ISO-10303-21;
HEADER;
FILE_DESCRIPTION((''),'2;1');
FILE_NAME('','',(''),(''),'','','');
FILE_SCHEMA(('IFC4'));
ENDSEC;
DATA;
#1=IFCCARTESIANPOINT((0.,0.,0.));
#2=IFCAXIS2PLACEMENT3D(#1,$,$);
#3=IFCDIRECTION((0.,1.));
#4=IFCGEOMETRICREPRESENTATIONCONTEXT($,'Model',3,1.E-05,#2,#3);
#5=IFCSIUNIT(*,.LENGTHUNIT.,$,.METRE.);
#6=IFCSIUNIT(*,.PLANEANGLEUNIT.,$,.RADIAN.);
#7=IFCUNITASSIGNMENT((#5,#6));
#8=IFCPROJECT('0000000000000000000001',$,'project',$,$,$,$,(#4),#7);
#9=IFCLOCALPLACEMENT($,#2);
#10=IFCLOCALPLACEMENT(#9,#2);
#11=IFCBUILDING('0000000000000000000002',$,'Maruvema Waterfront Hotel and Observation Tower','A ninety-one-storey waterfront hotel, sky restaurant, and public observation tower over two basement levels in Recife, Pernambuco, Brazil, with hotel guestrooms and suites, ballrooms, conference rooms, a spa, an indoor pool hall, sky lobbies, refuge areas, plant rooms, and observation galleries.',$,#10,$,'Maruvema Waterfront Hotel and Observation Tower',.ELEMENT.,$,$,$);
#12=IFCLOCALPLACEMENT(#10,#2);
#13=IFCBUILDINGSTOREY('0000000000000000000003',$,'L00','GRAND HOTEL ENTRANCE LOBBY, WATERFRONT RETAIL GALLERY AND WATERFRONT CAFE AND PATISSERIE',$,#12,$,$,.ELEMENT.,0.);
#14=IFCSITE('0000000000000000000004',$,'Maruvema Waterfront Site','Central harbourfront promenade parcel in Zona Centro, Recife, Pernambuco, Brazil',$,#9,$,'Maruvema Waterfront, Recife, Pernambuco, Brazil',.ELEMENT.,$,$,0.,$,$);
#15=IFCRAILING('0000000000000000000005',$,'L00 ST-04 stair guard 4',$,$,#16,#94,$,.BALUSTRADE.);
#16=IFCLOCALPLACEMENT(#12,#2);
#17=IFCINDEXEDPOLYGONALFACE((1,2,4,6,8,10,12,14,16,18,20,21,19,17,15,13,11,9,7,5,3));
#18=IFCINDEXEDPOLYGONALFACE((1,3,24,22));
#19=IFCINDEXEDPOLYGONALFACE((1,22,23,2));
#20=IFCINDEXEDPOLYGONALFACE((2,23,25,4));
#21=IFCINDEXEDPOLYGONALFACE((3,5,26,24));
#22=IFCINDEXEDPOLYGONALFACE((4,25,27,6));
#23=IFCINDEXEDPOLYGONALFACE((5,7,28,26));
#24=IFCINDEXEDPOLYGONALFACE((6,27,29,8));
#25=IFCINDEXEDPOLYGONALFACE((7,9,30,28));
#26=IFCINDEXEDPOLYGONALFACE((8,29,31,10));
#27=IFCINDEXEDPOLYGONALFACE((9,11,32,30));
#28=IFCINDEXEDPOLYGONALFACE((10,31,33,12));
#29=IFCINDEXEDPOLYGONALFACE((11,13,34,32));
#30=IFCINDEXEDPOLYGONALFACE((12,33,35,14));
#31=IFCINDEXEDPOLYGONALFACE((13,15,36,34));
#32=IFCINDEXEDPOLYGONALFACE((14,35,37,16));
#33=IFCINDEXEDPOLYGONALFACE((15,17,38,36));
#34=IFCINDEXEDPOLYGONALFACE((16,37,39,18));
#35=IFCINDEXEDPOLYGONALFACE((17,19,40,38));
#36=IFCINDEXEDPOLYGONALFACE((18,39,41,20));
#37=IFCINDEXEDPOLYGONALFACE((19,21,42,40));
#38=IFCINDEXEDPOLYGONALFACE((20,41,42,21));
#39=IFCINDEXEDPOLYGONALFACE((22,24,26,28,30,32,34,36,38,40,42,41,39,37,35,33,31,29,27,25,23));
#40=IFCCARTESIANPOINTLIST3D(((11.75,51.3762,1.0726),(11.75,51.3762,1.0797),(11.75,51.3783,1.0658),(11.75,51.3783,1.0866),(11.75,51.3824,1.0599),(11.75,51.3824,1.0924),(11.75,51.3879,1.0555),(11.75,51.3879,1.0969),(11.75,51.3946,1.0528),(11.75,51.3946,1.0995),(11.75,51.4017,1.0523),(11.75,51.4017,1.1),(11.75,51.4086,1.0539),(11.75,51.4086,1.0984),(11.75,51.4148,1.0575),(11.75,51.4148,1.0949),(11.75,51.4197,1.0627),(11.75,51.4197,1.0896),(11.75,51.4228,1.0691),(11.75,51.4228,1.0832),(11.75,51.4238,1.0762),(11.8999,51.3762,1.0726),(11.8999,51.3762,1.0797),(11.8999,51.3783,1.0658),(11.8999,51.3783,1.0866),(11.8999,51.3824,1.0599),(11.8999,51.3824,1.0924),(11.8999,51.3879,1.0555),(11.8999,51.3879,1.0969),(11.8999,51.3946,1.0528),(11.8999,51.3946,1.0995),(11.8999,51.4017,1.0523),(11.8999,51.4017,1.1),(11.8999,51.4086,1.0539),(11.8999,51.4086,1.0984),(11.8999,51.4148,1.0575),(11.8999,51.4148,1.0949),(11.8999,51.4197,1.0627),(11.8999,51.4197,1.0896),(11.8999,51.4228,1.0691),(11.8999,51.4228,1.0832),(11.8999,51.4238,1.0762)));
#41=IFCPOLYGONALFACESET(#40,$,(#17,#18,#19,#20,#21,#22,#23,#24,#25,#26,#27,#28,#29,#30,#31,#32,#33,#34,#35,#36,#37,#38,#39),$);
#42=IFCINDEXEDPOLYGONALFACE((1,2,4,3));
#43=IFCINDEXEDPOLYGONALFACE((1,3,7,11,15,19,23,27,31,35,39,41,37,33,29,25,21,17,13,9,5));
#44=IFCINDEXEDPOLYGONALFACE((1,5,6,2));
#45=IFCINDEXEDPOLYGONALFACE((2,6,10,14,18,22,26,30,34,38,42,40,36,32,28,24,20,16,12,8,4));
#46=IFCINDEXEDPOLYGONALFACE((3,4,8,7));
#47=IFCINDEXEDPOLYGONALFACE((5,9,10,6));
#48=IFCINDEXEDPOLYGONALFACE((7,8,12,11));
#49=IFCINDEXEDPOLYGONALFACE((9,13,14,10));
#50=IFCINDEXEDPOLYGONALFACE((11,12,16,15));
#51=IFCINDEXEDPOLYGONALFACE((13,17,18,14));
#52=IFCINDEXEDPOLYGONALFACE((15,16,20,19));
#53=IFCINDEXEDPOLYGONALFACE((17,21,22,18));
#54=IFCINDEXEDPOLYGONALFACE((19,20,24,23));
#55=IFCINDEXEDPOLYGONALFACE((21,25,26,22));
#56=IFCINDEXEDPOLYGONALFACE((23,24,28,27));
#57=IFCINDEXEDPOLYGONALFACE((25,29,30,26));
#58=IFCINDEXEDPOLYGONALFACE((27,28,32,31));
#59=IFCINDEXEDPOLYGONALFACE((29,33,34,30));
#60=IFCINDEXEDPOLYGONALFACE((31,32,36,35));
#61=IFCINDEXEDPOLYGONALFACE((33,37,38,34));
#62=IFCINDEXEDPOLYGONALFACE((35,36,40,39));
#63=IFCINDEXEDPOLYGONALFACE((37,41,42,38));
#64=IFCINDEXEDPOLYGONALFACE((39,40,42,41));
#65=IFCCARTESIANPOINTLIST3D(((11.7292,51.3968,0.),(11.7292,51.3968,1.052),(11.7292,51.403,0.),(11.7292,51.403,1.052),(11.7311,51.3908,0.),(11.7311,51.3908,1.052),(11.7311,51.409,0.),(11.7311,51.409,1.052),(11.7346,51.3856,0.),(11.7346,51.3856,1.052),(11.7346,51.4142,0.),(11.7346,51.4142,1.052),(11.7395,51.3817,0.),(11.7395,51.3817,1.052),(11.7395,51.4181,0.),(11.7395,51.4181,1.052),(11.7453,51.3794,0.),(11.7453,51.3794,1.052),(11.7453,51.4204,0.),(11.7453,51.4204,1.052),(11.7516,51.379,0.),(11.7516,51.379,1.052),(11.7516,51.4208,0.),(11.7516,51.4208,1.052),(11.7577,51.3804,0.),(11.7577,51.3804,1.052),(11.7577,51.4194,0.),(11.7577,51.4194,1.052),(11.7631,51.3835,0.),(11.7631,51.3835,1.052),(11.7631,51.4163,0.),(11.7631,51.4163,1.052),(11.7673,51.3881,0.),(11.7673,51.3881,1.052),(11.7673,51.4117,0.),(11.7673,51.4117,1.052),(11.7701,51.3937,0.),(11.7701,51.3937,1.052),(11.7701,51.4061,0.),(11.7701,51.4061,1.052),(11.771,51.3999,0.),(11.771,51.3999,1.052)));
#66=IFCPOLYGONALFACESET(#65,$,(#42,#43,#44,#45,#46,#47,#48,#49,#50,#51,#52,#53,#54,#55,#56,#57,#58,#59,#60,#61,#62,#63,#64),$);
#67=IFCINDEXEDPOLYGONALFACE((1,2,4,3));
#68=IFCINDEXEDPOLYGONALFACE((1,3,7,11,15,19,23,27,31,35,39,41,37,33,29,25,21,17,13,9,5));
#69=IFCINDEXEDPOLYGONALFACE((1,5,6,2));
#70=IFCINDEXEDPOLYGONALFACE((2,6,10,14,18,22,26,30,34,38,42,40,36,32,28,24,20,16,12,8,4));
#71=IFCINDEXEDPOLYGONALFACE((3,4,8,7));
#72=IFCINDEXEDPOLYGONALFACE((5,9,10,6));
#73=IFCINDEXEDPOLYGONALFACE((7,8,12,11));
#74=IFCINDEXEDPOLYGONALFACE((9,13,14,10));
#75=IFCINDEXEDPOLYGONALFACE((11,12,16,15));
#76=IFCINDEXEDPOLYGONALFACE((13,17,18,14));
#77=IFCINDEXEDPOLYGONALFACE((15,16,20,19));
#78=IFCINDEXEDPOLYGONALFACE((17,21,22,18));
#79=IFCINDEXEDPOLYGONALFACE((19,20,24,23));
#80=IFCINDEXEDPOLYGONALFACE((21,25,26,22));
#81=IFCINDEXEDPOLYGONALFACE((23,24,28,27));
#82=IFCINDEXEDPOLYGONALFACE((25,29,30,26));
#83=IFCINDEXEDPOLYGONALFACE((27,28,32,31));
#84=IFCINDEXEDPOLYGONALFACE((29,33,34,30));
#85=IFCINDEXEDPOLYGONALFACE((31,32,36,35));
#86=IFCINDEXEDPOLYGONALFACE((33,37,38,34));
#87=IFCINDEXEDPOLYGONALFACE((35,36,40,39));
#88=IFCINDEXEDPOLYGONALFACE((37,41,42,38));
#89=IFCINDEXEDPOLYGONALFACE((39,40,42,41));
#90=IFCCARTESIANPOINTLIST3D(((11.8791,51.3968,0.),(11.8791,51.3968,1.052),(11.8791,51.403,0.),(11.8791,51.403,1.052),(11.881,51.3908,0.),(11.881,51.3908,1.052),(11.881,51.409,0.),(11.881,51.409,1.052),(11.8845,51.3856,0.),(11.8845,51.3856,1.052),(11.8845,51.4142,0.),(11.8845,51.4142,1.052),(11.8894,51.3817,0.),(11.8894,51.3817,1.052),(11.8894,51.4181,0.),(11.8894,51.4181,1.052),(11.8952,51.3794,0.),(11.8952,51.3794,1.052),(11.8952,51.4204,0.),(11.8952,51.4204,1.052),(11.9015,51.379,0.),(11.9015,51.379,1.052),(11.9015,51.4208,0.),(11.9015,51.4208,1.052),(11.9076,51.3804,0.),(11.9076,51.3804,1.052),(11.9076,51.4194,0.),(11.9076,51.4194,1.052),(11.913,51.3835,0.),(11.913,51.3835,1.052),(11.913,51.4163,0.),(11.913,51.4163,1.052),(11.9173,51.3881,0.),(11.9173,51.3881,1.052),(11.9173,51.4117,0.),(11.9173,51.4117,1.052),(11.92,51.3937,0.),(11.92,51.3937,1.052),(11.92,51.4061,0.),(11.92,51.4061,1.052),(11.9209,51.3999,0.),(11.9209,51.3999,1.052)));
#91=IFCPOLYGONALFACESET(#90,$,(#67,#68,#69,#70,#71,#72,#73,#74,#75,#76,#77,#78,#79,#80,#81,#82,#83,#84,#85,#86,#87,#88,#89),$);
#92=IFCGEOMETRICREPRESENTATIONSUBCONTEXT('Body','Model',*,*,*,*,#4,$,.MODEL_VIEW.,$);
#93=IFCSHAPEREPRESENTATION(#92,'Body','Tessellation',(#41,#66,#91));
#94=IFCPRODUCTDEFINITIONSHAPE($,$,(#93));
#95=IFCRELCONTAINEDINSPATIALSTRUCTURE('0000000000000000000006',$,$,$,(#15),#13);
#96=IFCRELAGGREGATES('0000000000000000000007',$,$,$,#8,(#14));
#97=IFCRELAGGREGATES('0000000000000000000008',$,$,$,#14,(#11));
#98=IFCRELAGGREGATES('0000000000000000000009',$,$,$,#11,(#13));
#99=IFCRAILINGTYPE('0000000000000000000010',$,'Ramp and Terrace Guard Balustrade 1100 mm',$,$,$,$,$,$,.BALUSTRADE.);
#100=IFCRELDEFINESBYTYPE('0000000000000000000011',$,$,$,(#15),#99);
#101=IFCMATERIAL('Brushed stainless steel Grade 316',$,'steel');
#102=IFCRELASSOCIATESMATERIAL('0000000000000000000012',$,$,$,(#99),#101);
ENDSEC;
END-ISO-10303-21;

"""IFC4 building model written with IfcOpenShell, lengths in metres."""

from ifc_helpers import new_model, si_unit, direction, frame, origin, origin_2d, place, context, subcontext, project, spatial, circle, extrude, material, type_object, element, save


model = new_model("IFC4")

# Units and contexts
model_context = context("Model", 3, precision=1e-05, world=origin(), true_north=direction((0.0, 1.0)))
body_context = subcontext(model_context, "Body", "Model", "MODEL_VIEW")
ifc_project = project(units=[si_unit("LENGTHUNIT", "METRE"), si_unit("PLANEANGLEUNIT", "RADIAN")], contexts=[model_context])

# Site, building, storey
site_placement = place(None, origin())
site = spatial("IfcSite", under=ifc_project, at=site_placement, Name="Maruvema Waterfront Site", Description="Central harbourfront promenade parcel in Zona Centro, Recife, Pernambuco, Brazil", LongName="Maruvema Waterfront, Recife, Pernambuco, Brazil", CompositionType="ELEMENT", RefElevation=0.0)
building_placement = place(site_placement, origin())
building = spatial("IfcBuilding", under=site, at=building_placement, Name="Maruvema Waterfront Hotel and Observation Tower", Description="A ninety-one-storey waterfront hotel, sky restaurant, and public observation tower over two basement levels in Recife, Pernambuco, Brazil, with hotel guestrooms and suites, ballrooms, conference rooms, a spa, an indoor pool hall, sky lobbies, refuge areas, plant rooms, and observation galleries.", LongName="Maruvema Waterfront Hotel and Observation Tower", CompositionType="ELEMENT")
storey_placement = place(building_placement, origin())
storey = spatial("IfcBuildingStorey", under=building, at=storey_placement, Name="L00", Description="GRAND HOTEL ENTRANCE LOBBY, WATERFRONT RETAIL GALLERY AND WATERFRONT CAFE AND PATISSERIE", CompositionType="ELEMENT", Elevation=0.0)

# Railing
ifc_material_1 = material(Name="Brushed stainless steel Grade 316", Category="steel")
railing_type_1 = type_object("IfcRailingType", Name="Ramp and Terrace Guard Balustrade 1100 mm", PredefinedType="BALUSTRADE", material=ifc_material_1)
railing_1_placement = place(storey_placement, frame((11.75, 51.3999, 0.0)))
element("IfcRailing", 1, at=railing_1_placement, inside=storey, type_object=railing_type_1, Name="L00 ST-04 stair guard 4", PredefinedType="BALUSTRADE", context=body_context, shape_type="SweptSolid", body=[
    extrude(circle(Radius=0.0239, at=origin_2d()), frame((0.0, 0.0, 1.0762), z_axis=(1.0, 0.0, 0.0), x_axis=(0.0, 1.0, 0.0)), (0.0, 0.0, 1.0), 0.1499),
    extrude(circle(Radius=0.021, at=origin_2d()), origin(), (0.0, 0.0, 1.0), 1.052),
    extrude(circle(Radius=0.021, at=origin_2d()), frame((0.1499, 0.0, 0.0)), (0.0, 0.0, 1.0), 1.052),
])

save(model, "model.ifc")
